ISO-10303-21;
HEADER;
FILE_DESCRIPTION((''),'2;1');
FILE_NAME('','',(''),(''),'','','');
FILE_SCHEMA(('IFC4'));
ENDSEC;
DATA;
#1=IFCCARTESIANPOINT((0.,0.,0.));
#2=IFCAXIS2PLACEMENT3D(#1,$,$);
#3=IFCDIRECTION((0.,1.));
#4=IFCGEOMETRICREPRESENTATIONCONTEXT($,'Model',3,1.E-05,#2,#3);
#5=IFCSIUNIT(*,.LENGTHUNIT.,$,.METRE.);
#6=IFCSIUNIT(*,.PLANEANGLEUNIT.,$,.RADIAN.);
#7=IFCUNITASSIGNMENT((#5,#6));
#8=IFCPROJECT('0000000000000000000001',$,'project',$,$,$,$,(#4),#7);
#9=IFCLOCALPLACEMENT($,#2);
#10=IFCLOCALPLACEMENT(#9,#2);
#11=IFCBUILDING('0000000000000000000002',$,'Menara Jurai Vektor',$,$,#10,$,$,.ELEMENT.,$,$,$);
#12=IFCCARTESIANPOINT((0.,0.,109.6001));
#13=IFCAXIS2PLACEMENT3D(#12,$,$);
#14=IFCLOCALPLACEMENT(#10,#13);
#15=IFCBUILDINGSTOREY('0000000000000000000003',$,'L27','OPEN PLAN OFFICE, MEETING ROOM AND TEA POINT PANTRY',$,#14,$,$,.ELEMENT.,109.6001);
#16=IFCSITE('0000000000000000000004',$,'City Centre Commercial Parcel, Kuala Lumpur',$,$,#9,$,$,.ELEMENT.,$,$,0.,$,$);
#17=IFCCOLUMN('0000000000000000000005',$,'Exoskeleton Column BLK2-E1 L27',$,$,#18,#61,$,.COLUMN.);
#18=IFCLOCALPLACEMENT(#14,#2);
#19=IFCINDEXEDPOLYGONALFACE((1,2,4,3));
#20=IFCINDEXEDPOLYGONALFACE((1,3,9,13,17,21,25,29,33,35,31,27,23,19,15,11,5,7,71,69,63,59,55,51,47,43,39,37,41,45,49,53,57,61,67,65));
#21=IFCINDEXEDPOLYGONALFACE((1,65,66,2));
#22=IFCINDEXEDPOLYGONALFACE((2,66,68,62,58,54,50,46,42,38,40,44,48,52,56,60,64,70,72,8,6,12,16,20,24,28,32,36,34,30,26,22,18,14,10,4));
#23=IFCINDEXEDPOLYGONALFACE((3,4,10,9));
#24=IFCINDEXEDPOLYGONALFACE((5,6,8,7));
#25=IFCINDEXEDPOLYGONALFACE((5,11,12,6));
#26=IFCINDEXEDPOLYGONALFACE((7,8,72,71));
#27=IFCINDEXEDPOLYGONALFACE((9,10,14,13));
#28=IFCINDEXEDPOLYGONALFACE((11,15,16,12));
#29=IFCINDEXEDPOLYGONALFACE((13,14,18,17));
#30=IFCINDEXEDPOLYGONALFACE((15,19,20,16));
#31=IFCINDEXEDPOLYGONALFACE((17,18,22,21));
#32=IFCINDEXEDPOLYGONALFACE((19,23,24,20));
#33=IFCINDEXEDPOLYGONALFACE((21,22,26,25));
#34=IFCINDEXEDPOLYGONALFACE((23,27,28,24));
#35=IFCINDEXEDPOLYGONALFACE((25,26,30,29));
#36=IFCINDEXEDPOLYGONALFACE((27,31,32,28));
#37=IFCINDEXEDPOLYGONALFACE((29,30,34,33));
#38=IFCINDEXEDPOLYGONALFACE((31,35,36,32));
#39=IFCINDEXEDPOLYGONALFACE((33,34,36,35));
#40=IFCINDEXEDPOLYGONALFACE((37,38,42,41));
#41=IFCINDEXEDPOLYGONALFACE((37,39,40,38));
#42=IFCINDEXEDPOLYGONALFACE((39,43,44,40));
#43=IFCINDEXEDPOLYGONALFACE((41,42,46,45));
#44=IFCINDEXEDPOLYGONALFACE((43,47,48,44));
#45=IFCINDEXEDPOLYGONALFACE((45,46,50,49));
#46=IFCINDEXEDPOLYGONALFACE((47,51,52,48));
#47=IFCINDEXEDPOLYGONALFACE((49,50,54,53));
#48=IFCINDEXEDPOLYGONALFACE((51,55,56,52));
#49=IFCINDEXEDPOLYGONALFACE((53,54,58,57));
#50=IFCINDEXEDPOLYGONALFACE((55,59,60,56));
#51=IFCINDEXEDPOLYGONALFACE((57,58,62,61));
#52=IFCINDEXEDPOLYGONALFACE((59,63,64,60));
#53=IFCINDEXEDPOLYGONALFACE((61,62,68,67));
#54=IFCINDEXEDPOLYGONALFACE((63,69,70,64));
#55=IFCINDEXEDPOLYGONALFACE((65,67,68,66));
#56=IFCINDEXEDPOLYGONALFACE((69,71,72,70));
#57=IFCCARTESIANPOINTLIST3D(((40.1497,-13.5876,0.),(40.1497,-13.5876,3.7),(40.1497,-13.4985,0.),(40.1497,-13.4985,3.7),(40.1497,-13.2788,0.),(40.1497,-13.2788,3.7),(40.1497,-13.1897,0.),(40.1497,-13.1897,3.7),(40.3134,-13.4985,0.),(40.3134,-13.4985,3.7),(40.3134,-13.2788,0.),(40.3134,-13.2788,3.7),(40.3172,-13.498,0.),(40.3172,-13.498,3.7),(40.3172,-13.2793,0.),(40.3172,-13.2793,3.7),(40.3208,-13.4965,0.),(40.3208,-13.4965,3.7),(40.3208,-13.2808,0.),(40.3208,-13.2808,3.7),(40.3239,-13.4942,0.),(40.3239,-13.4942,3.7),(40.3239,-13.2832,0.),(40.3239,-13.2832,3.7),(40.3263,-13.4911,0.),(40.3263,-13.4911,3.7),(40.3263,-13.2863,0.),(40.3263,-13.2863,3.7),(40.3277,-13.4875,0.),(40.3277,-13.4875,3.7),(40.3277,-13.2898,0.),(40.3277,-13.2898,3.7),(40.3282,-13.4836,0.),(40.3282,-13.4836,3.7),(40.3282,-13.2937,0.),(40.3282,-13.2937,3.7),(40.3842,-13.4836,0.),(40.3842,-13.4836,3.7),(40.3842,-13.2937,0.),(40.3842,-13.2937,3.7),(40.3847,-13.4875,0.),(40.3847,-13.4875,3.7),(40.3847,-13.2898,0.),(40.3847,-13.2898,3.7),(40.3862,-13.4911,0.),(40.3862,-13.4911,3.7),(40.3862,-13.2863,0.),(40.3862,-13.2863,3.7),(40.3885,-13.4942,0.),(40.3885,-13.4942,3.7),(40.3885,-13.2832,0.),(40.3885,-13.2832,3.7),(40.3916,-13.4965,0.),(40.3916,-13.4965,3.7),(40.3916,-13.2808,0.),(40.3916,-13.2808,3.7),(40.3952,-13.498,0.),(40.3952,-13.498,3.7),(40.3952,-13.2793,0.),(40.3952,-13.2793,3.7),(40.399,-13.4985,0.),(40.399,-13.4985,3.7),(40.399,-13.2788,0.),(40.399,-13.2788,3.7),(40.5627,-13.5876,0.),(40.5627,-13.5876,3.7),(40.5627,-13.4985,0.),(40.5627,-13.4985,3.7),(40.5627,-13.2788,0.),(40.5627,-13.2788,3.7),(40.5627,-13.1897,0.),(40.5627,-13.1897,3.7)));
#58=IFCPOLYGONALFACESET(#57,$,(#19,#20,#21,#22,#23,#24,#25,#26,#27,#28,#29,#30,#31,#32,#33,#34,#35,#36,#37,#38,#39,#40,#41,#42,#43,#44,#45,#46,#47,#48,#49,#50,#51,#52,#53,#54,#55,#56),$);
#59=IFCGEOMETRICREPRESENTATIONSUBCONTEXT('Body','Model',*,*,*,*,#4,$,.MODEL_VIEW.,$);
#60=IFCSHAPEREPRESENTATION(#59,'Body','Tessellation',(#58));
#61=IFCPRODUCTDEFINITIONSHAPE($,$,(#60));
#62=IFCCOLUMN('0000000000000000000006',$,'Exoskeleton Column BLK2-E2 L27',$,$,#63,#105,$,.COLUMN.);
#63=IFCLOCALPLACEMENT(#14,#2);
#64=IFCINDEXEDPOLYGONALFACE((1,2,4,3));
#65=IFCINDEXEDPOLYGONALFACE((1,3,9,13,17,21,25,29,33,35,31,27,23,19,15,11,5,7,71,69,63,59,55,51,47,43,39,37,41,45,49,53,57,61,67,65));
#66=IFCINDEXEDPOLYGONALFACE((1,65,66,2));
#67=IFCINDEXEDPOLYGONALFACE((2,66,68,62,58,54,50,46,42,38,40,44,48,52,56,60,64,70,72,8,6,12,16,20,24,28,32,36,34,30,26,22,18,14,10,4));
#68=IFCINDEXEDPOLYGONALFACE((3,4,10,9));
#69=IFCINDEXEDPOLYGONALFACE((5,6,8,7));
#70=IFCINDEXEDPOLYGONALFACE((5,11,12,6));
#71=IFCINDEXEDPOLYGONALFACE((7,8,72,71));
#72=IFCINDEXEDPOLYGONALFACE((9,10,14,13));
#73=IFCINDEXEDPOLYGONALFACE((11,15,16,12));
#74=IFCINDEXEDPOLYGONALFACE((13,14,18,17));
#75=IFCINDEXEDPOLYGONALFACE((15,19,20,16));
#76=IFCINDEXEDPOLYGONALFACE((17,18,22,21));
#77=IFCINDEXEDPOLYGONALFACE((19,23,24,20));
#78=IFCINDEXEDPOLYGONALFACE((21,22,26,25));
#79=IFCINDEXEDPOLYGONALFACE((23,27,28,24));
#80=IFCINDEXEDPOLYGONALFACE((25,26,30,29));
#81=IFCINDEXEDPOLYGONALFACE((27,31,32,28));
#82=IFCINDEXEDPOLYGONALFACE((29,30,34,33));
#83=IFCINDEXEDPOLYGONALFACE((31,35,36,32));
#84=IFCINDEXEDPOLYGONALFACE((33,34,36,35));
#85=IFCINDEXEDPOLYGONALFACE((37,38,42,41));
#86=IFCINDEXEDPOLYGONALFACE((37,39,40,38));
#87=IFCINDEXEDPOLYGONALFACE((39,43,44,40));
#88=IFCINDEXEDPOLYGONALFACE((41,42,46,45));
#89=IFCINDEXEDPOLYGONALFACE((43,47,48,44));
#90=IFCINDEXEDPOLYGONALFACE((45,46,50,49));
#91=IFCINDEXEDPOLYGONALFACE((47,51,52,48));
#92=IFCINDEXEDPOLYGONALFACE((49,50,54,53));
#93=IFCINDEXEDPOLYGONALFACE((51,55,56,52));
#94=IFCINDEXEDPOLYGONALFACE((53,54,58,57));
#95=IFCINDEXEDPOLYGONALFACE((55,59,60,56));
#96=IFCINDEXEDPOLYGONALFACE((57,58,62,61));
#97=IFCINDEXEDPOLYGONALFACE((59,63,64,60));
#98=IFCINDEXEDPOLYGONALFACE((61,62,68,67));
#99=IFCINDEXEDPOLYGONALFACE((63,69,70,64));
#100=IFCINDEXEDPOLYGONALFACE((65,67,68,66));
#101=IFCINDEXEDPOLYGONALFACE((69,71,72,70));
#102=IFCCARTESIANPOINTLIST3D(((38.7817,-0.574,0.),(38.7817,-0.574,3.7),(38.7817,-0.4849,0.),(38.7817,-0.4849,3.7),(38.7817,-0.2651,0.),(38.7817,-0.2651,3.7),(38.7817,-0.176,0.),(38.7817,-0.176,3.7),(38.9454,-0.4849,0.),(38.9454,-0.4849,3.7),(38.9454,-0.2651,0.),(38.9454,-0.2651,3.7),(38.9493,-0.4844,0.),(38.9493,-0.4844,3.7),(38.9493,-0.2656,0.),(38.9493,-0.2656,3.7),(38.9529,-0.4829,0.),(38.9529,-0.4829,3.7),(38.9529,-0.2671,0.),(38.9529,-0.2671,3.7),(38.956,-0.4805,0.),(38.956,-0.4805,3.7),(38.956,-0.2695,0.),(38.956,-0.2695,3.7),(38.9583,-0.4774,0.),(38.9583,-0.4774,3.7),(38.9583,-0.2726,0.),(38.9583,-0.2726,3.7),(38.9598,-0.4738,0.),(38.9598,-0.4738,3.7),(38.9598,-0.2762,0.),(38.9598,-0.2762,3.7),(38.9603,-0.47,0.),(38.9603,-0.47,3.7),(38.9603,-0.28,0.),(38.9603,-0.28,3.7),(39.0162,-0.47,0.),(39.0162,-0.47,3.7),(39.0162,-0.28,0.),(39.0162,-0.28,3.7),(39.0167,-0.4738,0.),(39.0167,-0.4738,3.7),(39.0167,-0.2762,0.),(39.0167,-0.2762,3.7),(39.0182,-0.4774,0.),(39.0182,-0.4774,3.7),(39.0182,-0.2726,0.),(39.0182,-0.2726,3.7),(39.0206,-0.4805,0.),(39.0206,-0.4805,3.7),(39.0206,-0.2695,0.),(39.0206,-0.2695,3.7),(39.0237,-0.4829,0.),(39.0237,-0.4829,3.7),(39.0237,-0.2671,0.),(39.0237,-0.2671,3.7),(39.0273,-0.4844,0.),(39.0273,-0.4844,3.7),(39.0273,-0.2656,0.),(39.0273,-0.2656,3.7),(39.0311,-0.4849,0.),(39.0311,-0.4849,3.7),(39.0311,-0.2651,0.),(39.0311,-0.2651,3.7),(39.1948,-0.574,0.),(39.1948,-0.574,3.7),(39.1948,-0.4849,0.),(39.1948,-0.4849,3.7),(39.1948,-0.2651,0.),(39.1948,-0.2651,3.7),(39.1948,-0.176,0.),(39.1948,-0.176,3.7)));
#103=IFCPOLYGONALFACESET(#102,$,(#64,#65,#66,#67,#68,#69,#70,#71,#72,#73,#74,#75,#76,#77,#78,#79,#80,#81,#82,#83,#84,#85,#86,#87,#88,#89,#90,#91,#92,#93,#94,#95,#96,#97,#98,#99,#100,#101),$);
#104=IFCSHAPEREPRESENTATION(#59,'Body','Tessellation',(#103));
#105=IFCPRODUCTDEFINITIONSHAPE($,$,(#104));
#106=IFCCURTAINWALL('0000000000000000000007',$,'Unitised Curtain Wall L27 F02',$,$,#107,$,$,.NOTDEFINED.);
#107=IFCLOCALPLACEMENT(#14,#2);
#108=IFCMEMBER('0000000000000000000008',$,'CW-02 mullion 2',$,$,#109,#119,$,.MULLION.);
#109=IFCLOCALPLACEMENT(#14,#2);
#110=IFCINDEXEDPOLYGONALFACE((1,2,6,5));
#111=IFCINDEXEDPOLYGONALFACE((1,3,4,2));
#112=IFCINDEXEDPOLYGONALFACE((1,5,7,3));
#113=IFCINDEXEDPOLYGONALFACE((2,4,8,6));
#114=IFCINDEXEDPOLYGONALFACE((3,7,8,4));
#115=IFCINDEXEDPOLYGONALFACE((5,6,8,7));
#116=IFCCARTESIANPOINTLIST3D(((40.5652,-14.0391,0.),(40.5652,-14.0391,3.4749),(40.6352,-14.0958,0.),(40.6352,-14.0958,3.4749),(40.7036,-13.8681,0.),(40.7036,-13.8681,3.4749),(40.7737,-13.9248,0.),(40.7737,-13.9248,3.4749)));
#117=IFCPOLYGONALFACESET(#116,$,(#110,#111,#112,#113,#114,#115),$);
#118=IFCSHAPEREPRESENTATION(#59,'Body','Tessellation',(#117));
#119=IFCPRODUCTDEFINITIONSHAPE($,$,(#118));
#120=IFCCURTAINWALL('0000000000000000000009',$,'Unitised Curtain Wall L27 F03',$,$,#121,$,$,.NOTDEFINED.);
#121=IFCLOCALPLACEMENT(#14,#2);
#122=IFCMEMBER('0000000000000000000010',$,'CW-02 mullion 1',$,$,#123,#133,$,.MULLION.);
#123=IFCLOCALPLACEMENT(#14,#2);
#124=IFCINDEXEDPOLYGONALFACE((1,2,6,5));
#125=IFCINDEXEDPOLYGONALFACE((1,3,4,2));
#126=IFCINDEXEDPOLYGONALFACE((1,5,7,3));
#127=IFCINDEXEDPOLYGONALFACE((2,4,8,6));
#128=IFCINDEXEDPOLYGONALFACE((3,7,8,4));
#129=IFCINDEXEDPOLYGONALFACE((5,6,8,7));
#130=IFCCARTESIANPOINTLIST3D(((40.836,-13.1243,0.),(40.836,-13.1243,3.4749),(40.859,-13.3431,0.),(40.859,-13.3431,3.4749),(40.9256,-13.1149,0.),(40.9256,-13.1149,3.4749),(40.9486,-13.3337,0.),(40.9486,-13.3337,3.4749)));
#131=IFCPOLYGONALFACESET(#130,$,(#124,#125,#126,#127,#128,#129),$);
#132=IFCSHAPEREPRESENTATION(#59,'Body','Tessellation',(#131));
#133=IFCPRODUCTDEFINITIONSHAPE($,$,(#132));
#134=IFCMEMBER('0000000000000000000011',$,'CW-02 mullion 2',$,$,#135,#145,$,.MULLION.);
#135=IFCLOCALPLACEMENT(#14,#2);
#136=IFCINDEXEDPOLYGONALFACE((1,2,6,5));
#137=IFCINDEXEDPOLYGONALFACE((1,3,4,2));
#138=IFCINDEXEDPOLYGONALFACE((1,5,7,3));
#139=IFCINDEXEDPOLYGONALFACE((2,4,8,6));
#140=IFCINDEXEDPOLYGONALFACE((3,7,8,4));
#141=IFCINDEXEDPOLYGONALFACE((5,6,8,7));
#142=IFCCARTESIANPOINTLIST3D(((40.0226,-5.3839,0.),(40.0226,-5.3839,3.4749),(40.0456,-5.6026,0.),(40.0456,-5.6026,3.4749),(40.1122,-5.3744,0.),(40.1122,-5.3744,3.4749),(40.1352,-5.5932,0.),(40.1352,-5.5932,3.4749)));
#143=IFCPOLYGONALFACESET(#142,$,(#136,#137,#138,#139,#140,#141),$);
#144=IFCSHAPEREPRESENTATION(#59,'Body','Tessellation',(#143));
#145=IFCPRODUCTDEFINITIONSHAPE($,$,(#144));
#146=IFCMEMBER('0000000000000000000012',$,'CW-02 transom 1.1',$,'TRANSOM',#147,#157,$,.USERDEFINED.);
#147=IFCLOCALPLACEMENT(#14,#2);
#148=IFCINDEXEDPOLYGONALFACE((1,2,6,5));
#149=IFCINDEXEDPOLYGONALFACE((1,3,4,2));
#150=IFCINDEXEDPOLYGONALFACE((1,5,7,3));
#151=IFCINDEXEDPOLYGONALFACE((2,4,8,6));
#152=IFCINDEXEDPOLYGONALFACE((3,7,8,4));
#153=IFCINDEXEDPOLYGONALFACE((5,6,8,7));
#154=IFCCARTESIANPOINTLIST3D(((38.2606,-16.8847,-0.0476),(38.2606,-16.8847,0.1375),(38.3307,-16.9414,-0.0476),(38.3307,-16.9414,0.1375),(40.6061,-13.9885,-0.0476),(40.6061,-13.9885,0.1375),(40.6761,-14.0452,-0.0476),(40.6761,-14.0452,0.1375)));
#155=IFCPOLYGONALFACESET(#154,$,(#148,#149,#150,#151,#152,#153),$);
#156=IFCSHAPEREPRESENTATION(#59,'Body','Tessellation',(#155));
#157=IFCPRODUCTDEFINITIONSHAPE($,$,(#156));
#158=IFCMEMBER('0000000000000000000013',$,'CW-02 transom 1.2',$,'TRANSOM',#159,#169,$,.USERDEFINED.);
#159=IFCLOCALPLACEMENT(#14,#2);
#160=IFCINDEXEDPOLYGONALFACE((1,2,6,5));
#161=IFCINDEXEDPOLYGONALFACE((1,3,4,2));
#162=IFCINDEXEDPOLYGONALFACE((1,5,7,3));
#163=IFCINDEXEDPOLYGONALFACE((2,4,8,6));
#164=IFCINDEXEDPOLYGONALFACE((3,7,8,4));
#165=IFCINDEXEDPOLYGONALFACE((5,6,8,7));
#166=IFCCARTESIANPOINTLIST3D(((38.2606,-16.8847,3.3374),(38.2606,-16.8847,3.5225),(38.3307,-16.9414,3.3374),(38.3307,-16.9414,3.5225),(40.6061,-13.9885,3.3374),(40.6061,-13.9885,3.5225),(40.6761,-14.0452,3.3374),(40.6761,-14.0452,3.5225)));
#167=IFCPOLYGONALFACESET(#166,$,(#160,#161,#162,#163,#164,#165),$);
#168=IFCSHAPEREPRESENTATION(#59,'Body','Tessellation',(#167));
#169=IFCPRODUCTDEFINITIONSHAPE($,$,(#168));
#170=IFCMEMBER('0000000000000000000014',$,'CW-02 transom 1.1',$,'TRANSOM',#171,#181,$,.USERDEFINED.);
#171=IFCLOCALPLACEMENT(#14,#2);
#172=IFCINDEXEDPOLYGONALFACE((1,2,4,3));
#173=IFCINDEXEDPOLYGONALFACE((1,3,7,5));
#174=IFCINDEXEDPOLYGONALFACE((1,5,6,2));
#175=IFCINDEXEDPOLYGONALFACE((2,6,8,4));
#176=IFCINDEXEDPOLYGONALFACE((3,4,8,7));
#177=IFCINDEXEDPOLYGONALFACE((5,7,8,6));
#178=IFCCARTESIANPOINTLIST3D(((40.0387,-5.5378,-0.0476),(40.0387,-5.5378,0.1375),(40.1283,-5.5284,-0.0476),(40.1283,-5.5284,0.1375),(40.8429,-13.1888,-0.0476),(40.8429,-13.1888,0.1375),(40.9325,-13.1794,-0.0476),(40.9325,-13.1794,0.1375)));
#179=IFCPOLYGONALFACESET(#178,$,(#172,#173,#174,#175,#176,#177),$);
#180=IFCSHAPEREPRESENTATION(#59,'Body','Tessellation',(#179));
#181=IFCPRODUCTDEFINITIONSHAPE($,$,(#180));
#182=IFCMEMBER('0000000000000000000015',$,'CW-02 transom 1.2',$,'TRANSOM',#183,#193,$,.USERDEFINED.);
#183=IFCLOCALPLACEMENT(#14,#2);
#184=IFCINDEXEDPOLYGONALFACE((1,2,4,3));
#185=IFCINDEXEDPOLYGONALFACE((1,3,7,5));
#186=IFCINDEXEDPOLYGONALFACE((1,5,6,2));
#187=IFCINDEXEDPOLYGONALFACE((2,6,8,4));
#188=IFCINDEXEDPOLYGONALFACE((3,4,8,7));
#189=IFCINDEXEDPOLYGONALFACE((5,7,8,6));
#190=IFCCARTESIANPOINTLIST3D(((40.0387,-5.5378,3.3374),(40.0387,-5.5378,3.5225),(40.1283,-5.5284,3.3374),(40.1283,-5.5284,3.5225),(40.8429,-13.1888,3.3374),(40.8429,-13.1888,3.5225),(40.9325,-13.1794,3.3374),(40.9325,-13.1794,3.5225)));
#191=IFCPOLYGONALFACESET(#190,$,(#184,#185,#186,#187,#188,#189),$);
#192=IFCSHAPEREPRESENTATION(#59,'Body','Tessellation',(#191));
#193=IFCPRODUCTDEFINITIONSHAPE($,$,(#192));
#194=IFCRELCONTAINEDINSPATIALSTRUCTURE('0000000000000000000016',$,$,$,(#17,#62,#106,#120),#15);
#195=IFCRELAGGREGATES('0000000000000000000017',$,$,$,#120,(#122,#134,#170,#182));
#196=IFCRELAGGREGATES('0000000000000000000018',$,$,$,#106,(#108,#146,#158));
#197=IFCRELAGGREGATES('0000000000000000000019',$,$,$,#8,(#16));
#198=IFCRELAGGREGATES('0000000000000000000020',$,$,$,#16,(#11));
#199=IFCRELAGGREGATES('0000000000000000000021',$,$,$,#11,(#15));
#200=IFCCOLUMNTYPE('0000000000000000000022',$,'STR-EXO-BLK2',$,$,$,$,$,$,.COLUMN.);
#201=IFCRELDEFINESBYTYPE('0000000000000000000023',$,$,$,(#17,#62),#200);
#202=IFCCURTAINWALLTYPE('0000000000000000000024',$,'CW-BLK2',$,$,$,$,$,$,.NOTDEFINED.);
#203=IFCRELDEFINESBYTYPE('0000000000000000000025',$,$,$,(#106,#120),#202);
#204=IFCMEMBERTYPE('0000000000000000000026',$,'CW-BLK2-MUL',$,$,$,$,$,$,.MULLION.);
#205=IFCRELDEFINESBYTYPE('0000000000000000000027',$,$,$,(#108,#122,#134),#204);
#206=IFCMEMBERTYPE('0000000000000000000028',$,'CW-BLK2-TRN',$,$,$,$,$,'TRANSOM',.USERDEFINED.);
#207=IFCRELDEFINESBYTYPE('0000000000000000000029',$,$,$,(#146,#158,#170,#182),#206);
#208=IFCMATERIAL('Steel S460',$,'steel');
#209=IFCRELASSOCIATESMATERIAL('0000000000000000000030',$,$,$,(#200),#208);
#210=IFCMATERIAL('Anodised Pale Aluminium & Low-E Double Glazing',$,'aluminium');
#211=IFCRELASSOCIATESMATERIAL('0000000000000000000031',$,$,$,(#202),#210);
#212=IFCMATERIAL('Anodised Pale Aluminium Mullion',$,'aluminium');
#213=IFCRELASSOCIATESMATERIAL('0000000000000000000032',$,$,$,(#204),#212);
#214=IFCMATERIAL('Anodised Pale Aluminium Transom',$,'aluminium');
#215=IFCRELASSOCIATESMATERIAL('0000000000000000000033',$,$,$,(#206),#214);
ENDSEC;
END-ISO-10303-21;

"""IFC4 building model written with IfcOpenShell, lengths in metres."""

from ifc_helpers import new_model, si_unit, direction, frame, origin, origin_2d, place, context, subcontext, project, spatial, rectangle, i_section, extrude, material, material_profile, profile_set, type_object, element, aggregate, save


model = new_model("IFC4")

# Units and contexts
model_context = context("Model", 3, precision=1e-05, world=origin(), true_north=direction((0.0, 1.0)))
body_context = subcontext(model_context, "Body", "Model", "MODEL_VIEW")
ifc_project = project(units=[si_unit("LENGTHUNIT", "METRE"), si_unit("PLANEANGLEUNIT", "RADIAN")], contexts=[model_context])

# Site, building, storey
site_placement = place(None, origin())
site = spatial("IfcSite", under=ifc_project, at=site_placement, Name="City Centre Commercial Parcel, Kuala Lumpur", CompositionType="ELEMENT", RefElevation=0.0)
building_placement = place(site_placement, origin())
building = spatial("IfcBuilding", under=site, at=building_placement, Name="Menara Jurai Vektor", CompositionType="ELEMENT")
storey_placement = place(building_placement, frame((0.0, 0.0, 109.6001)))
storey = spatial("IfcBuildingStorey", under=building, at=storey_placement, Name="L27", Description="OPEN PLAN OFFICE, MEETING ROOM AND TEA POINT PANTRY", CompositionType="ELEMENT", Elevation=109.6001)

# Columns
ifc_material_1 = material(Name="Steel S460", Category="steel")
ifc_material_profile_1 = material_profile(ifc_material_1, i_section(OverallWidth=0.4131, OverallDepth=0.3979, WebThickness=0.0559, FlangeThickness=0.0891, FilletRadius=0.0149, at=origin_2d()), Name="HD 400x744")
ifc_profile_set_1 = profile_set([ifc_material_profile_1], Name="Steel S460")
column_type = type_object("IfcColumnType", Name="STR-EXO-BLK2", PredefinedType="COLUMN", material=ifc_profile_set_1)
for number, where, z_axis, x_axis, name in (
    (1, (40.3562, -13.3887, 0.0), (0.0, 0.0, 1.0), (1.0, 0.0, 0.0), "Exoskeleton Column BLK2-E1 L27"),
    (2, (38.9883, -0.375, 0.0), (0.0, 0.0, 1.0), (1.0, 0.0, 0.0), "Exoskeleton Column BLK2-E2 L27"),
):
    element("IfcColumn", number, at=place(storey_placement, frame(where, z_axis=z_axis, x_axis=x_axis)), inside=storey, type_object=column_type, Name=name, PredefinedType="COLUMN", context=body_context, shape_type="SweptSolid", body=[
        extrude(i_section(OverallWidth=0.4131, OverallDepth=0.3979, WebThickness=0.0559, FlangeThickness=0.0891, FilletRadius=0.0149, at=origin_2d()), origin(), (0.0, 0.0, 1.0), 3.7),
    ])

# Curtain wall, member
ifc_material_2 = material(Name="Anodised Pale Aluminium & Low-E Double Glazing", Category="aluminium")
curtain_wall_type = type_object("IfcCurtainWallType", Name="CW-BLK2", PredefinedType="NOTDEFINED", material=ifc_material_2)
curtain_wall_1_placement = place(storey_placement, origin())
curtain_wall_1 = element("IfcCurtainWall", 3, at=curtain_wall_1_placement, inside=storey, type_object=curtain_wall_type, Name="Unitised Curtain Wall L27 F02", PredefinedType="NOTDEFINED")
ifc_material_3 = material(Name="Anodised Pale Aluminium Mullion", Category="aluminium")
ifc_material_profile_2 = material_profile(ifc_material_3, rectangle(XDim=0.0901, YDim=0.22, at=origin_2d()), Name="ALU MUL 90x220")
ifc_profile_set_2 = profile_set([ifc_material_profile_2], Name="Anodised Pale Aluminium Mullion")
member_type_1 = type_object("IfcMemberType", Name="CW-BLK2-MUL", PredefinedType="MULLION", material=ifc_profile_set_2)
member_1_placement = place(storey_placement, frame((40.6694, -13.9819, 0.0), z_axis=(0.0, 0.0, 1.0), x_axis=(-0.777129, 0.629341, 0.0)))
member_1 = element("IfcMember", 4, at=member_1_placement, type_object=member_type_1, Name="CW-02 mullion 2", PredefinedType="MULLION", context=body_context, shape_type="SweptSolid", body=[
    extrude(rectangle(XDim=0.0901, YDim=0.22, at=origin_2d()), origin(), (0.0, 0.0, 1.0), 3.4749),
])

# Curtain wall, members
curtain_wall_2_placement = place(storey_placement, origin())
curtain_wall_2 = element("IfcCurtainWall", 5, at=curtain_wall_2_placement, inside=storey, type_object=curtain_wall_type, Name="Unitised Curtain Wall L27 F03", PredefinedType="NOTDEFINED")
member_2_placement = place(storey_placement, frame((40.8923, -13.229, 0.0), z_axis=(0.0, 0.0, 1.0), x_axis=(-0.994522, -0.10453, 0.0)))
member_2 = element("IfcMember", 6, at=member_2_placement, type_object=member_type_1, Name="CW-02 mullion 1", PredefinedType="MULLION", context=body_context, shape_type="SweptSolid", body=[
    extrude(rectangle(XDim=0.0901, YDim=0.22, at=origin_2d()), origin(), (0.0, 0.0, 1.0), 3.4749),
])
member_3_placement = place(storey_placement, frame((40.0789, -5.4885, 0.0), z_axis=(0.0, 0.0, 1.0), x_axis=(-0.994522, -0.10453, 0.0)))
member_3 = element("IfcMember", 7, at=member_3_placement, type_object=member_type_1, Name="CW-02 mullion 2", PredefinedType="MULLION", context=body_context, shape_type="SweptSolid", body=[
    extrude(rectangle(XDim=0.0901, YDim=0.22, at=origin_2d()), origin(), (0.0, 0.0, 1.0), 3.4749),
])

# Members
ifc_material_4 = material(Name="Anodised Pale Aluminium Transom", Category="aluminium")
ifc_material_profile_3 = material_profile(ifc_material_4, rectangle(XDim=0.0901, YDim=0.1851, at=origin_2d()), Name="ALU TRN 90x185")
ifc_profile_set_3 = profile_set([ifc_material_profile_3], Name="Anodised Pale Aluminium Transom")
member_type_2 = type_object("IfcMemberType", Name="CW-BLK2-TRN", ElementType="TRANSOM", PredefinedType="USERDEFINED", material=ifc_profile_set_3)
member_4_placement = place(storey_placement, frame((38.2957, -16.9131, 0.0449), z_axis=(0.629341, 0.777129, 0.0), x_axis=(-0.777129, 0.629341, 0.0)))
member_4 = element("IfcMember", 8, at=member_4_placement, type_object=member_type_2, Name="CW-02 transom 1.1", ObjectType="TRANSOM", PredefinedType="USERDEFINED", context=body_context, shape_type="SweptSolid", body=[
    extrude(rectangle(XDim=0.0901, YDim=0.1851, at=origin_2d()), origin(), (0.0, 0.0, 1.0), 3.7268),
])
member_5_placement = place(storey_placement, frame((38.2957, -16.9131, 3.4299), z_axis=(0.629341, 0.777129, 0.0), x_axis=(-0.777129, 0.629341, 0.0)))
member_5 = element("IfcMember", 9, at=member_5_placement, type_object=member_type_2, Name="CW-02 transom 1.2", ObjectType="TRANSOM", PredefinedType="USERDEFINED", context=body_context, shape_type="SweptSolid", body=[
    extrude(rectangle(XDim=0.0901, YDim=0.1851, at=origin_2d()), origin(), (0.0, 0.0, 1.0), 3.7268),
])
member_6_placement = place(storey_placement, frame((40.8877, -13.1841, 0.0449), z_axis=(-0.104536, 0.994521, 0.0), x_axis=(-0.994521, -0.104536, 0.0)))
member_6 = element("IfcMember", 10, at=member_6_placement, type_object=member_type_2, Name="CW-02 transom 1.1", ObjectType="TRANSOM", PredefinedType="USERDEFINED", context=body_context, shape_type="SweptSolid", body=[
    extrude(rectangle(XDim=0.0901, YDim=0.1851, at=origin_2d()), origin(), (0.0, 0.0, 1.0), 7.6931),
])
member_7_placement = place(storey_placement, frame((40.8877, -13.1841, 3.4299), z_axis=(-0.104536, 0.994521, 0.0), x_axis=(-0.994521, -0.104536, 0.0)))
member_7 = element("IfcMember", 11, at=member_7_placement, type_object=member_type_2, Name="CW-02 transom 1.2", ObjectType="TRANSOM", PredefinedType="USERDEFINED", context=body_context, shape_type="SweptSolid", body=[
    extrude(rectangle(XDim=0.0901, YDim=0.1851, at=origin_2d()), origin(), (0.0, 0.0, 1.0), 7.6931),
])

aggregate(curtain_wall_2, [member_2, member_3, member_6, member_7])
aggregate(curtain_wall_1, [member_1, member_4, member_5])

save(model, "model.ifc")
